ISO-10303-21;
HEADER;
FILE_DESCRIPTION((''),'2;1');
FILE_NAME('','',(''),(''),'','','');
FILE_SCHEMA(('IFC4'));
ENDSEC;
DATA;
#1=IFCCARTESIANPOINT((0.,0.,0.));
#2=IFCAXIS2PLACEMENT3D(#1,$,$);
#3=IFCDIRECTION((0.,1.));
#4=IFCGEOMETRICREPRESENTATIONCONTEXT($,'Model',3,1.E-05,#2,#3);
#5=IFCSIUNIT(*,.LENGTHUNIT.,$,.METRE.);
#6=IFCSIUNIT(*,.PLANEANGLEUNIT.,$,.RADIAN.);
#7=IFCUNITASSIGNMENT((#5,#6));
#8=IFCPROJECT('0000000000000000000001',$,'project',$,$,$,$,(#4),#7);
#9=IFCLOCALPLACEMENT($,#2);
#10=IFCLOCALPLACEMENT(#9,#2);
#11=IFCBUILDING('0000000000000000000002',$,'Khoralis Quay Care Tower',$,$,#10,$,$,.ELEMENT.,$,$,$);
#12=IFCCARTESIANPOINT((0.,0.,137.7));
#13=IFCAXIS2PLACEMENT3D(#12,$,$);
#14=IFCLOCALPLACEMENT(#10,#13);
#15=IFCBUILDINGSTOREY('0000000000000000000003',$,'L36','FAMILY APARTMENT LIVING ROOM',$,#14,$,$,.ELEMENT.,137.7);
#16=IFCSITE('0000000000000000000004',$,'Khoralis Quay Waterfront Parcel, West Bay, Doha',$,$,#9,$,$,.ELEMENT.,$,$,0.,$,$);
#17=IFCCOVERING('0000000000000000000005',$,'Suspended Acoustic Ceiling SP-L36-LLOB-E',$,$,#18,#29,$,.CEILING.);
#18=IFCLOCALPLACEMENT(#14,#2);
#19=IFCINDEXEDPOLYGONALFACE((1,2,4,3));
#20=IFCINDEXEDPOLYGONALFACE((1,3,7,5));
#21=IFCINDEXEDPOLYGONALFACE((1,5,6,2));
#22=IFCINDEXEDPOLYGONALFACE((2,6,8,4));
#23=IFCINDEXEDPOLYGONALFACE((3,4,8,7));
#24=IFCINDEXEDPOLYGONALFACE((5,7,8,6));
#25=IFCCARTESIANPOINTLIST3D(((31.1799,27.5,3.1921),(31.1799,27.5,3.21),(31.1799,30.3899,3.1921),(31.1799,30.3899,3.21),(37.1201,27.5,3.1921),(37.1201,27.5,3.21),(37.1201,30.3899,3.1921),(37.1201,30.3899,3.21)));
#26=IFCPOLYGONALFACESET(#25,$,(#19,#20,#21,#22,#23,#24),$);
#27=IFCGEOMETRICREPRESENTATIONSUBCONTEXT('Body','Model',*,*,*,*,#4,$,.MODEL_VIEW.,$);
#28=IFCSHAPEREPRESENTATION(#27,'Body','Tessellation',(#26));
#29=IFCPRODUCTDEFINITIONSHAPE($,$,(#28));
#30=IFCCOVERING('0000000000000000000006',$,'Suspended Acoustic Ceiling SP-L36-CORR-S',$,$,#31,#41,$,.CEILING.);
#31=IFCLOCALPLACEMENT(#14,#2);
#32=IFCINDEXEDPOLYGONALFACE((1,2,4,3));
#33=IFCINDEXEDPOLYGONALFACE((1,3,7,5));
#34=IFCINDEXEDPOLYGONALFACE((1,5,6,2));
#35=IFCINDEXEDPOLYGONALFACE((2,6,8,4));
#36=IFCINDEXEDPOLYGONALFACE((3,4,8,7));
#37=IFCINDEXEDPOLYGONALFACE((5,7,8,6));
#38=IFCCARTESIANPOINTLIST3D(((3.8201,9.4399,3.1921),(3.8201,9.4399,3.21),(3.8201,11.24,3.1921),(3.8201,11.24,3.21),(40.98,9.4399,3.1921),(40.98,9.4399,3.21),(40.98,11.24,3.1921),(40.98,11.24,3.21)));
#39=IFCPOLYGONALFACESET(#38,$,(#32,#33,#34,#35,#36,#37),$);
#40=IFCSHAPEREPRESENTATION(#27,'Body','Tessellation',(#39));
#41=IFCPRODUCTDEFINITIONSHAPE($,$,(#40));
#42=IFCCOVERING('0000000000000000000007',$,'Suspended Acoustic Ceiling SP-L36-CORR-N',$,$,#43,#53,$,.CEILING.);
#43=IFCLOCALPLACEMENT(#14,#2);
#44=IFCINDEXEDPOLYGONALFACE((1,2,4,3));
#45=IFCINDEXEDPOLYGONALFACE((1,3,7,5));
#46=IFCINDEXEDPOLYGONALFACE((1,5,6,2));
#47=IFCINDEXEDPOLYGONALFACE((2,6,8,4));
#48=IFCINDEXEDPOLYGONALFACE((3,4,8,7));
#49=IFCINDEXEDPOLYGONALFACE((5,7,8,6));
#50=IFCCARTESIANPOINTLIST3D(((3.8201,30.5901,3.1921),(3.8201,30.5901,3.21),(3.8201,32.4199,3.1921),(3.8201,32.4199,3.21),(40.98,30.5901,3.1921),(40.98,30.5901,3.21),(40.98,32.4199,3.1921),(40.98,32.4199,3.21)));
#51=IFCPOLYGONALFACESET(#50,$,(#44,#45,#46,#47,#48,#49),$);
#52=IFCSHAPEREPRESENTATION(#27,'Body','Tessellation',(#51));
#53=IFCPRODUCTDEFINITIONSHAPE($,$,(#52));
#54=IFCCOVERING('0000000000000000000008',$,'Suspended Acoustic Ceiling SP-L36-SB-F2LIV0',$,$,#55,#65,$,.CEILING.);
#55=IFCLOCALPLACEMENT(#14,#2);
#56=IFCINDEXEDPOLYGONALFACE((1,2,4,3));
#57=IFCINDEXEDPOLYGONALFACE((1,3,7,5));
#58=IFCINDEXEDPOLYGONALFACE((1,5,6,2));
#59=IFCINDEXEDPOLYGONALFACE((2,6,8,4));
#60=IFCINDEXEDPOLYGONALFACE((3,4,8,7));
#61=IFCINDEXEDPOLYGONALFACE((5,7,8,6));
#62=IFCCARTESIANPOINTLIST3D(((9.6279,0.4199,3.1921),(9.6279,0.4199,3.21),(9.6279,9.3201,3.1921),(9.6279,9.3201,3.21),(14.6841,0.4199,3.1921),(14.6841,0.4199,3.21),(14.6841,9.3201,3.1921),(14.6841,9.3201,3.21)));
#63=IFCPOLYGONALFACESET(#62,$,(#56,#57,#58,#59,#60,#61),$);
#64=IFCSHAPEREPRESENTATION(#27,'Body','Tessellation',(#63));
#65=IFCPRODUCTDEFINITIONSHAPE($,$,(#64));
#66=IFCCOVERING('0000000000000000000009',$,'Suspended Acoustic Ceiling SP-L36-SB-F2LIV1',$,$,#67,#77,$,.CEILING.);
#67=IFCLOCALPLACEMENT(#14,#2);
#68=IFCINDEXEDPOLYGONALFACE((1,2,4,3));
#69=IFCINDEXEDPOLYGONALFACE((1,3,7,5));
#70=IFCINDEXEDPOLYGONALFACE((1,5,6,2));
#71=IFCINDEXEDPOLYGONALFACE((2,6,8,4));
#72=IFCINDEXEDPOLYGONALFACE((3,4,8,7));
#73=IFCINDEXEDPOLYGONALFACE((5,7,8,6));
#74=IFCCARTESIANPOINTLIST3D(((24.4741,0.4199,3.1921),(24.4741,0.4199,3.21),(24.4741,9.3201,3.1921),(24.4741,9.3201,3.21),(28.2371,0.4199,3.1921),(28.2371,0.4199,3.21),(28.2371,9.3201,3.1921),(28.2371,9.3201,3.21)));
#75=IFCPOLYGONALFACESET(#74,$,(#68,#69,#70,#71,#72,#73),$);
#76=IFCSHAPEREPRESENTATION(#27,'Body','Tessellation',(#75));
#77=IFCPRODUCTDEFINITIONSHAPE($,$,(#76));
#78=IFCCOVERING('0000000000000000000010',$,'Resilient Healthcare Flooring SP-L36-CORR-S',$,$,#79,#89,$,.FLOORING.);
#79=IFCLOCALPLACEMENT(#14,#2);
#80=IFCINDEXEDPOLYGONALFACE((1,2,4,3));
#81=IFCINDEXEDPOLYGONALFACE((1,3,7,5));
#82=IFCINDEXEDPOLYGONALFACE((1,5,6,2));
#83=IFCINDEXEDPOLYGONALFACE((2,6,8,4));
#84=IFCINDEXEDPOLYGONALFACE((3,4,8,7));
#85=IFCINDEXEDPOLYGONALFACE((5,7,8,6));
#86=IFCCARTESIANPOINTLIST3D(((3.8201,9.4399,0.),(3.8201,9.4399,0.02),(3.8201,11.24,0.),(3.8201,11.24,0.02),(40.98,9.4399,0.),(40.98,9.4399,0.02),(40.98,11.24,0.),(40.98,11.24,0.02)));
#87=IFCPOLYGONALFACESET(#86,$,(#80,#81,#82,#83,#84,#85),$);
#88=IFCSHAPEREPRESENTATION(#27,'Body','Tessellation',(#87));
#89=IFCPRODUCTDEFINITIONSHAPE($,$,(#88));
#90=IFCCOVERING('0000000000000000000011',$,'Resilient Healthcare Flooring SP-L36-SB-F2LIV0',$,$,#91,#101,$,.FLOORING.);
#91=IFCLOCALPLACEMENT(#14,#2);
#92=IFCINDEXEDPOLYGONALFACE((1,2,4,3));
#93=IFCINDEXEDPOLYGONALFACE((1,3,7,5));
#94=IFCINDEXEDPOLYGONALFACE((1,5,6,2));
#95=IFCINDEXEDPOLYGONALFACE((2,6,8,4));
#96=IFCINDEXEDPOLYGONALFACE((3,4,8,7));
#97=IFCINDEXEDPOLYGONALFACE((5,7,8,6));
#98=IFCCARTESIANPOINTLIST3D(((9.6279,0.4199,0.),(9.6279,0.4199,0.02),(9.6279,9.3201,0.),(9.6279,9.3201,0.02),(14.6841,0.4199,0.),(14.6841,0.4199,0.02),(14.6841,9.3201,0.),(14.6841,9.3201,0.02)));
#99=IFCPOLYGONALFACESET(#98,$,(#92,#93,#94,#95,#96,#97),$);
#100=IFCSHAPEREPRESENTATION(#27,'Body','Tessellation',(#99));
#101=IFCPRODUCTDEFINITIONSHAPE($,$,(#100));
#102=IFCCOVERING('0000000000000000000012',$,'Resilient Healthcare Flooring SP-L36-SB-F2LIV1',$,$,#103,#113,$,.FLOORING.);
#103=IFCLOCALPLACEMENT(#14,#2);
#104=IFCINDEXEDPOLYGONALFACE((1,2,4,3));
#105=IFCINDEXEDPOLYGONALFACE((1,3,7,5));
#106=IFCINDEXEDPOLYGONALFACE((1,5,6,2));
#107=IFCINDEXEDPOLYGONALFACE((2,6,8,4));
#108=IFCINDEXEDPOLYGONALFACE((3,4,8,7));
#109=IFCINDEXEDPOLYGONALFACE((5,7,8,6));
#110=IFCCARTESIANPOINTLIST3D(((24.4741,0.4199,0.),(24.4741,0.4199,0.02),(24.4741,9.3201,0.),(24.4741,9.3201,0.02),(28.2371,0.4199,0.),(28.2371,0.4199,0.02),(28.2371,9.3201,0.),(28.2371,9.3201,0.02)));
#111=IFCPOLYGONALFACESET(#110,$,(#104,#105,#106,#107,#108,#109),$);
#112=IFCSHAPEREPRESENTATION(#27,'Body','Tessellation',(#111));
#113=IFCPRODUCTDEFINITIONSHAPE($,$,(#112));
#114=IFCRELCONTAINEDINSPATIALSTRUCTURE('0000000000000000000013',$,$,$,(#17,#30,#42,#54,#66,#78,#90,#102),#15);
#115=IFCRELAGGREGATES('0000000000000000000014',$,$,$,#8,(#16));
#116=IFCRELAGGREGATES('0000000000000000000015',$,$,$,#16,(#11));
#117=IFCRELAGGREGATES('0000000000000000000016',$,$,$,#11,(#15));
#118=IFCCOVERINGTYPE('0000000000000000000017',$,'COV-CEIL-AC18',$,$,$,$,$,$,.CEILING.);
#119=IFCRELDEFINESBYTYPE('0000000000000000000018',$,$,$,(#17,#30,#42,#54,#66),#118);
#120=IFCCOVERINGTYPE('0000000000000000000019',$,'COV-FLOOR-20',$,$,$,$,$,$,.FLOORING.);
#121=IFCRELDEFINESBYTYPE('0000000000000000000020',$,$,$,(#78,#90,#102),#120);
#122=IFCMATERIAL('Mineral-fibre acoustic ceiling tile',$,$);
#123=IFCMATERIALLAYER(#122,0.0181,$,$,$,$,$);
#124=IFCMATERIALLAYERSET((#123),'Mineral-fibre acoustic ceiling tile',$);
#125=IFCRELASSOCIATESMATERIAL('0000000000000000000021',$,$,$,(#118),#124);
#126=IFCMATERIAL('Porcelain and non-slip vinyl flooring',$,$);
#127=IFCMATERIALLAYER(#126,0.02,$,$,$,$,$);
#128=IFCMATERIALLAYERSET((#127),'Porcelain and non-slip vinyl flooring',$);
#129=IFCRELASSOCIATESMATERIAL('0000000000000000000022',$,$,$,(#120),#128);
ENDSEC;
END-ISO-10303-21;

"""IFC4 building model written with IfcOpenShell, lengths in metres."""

from ifc_helpers import new_model, si_unit, direction, frame, origin, place, context, subcontext, project, spatial, polyline, outline, extrude, material, layer, layer_set, type_object, element, save


model = new_model("IFC4")

# Units and contexts
model_context = context("Model", 3, precision=1e-05, world=origin(), true_north=direction((0.0, 1.0)))
body_context = subcontext(model_context, "Body", "Model", "MODEL_VIEW")
ifc_project = project(units=[si_unit("LENGTHUNIT", "METRE"), si_unit("PLANEANGLEUNIT", "RADIAN")], contexts=[model_context])

# Site, building, storey
site_placement = place(None, origin())
site = spatial("IfcSite", under=ifc_project, at=site_placement, Name="Khoralis Quay Waterfront Parcel, West Bay, Doha", CompositionType="ELEMENT", RefElevation=0.0)
building_placement = place(site_placement, origin())
building = spatial("IfcBuilding", under=site, at=building_placement, Name="Khoralis Quay Care Tower", CompositionType="ELEMENT")
storey_placement = place(building_placement, frame((0.0, 0.0, 137.7)))
storey = spatial("IfcBuildingStorey", under=building, at=storey_placement, Name="L36", Description="FAMILY APARTMENT LIVING ROOM", CompositionType="ELEMENT", Elevation=137.7)

# Coverings
ifc_material_1 = material(Name="Mineral-fibre acoustic ceiling tile")
ifc_layer_1 = layer(ifc_material_1, 0.0181)
ifc_layer_set_1 = layer_set([ifc_layer_1], Name="Mineral-fibre acoustic ceiling tile")
covering_type_1 = type_object("IfcCoveringType", Name="COV-CEIL-AC18", PredefinedType="CEILING", material=ifc_layer_set_1)
covering_1_placement = place(storey_placement, frame((0.0, 0.0, 3.1921)))
element("IfcCovering", 1, at=covering_1_placement, inside=storey, type_object=covering_type_1, Name="Suspended Acoustic Ceiling SP-L36-LLOB-E", PredefinedType="CEILING", context=body_context, shape_type="SweptSolid", body=[
    extrude(outline(polyline([(31.1799, 27.5), (37.1201, 27.5), (37.1201, 30.3899), (31.1799, 30.3899), (31.1799, 27.5)])), origin(), (0.0, 0.0, 1.0), 0.0178),
])
covering_2_placement = place(storey_placement, frame((0.0, 0.0, 3.1921)))
element("IfcCovering", 2, at=covering_2_placement, inside=storey, type_object=covering_type_1, Name="Suspended Acoustic Ceiling SP-L36-CORR-S", PredefinedType="CEILING", context=body_context, shape_type="SweptSolid", body=[
    extrude(outline(polyline([(3.8201, 9.4399), (40.98, 9.4399), (40.98, 11.24), (3.8201, 11.24), (3.8201, 9.4399)])), origin(), (0.0, 0.0, 1.0), 0.0178),
])
covering_3_placement = place(storey_placement, frame((0.0, 0.0, 3.1921)))
element("IfcCovering", 3, at=covering_3_placement, inside=storey, type_object=covering_type_1, Name="Suspended Acoustic Ceiling SP-L36-CORR-N", PredefinedType="CEILING", context=body_context, shape_type="SweptSolid", body=[
    extrude(outline(polyline([(3.8201, 30.5901), (40.98, 30.5901), (40.98, 32.4199), (3.8201, 32.4199), (3.8201, 30.5901)])), origin(), (0.0, 0.0, 1.0), 0.0178),
])
covering_4_placement = place(storey_placement, frame((0.0, 0.0, 3.1921)))
element("IfcCovering", 4, at=covering_4_placement, inside=storey, type_object=covering_type_1, Name="Suspended Acoustic Ceiling SP-L36-SB-F2LIV0", PredefinedType="CEILING", context=body_context, shape_type="SweptSolid", body=[
    extrude(outline(polyline([(9.6279, 0.4199), (14.6841, 0.4199), (14.6841, 9.3201), (9.6279, 9.3201), (9.6279, 0.4199)])), origin(), (0.0, 0.0, 1.0), 0.0178),
])
covering_5_placement = place(storey_placement, frame((0.0, 0.0, 3.1921)))
element("IfcCovering", 5, at=covering_5_placement, inside=storey, type_object=covering_type_1, Name="Suspended Acoustic Ceiling SP-L36-SB-F2LIV1", PredefinedType="CEILING", context=body_context, shape_type="SweptSolid", body=[
    extrude(outline(polyline([(24.4741, 0.4199), (28.2371, 0.4199), (28.2371, 9.3201), (24.4741, 9.3201), (24.4741, 0.4199)])), origin(), (0.0, 0.0, 1.0), 0.0178),
])
ifc_material_2 = material(Name="Porcelain and non-slip vinyl flooring")
ifc_layer_2 = layer(ifc_material_2, 0.02)
ifc_layer_set_2 = layer_set([ifc_layer_2], Name="Porcelain and non-slip vinyl flooring")
covering_type_2 = type_object("IfcCoveringType", Name="COV-FLOOR-20", PredefinedType="FLOORING", material=ifc_layer_set_2)
covering_6_placement = place(storey_placement, origin())
element("IfcCovering", 6, at=covering_6_placement, inside=storey, type_object=covering_type_2, Name="Resilient Healthcare Flooring SP-L36-CORR-S", PredefinedType="FLOORING", context=body_context, shape_type="SweptSolid", body=[
    extrude(outline(polyline([(3.8201, 9.4399), (40.98, 9.4399), (40.98, 11.24), (3.8201, 11.24), (3.8201, 9.4399)])), origin(), (0.0, 0.0, 1.0), 0.02),
])
covering_7_placement = place(storey_placement, origin())
element("IfcCovering", 7, at=covering_7_placement, inside=storey, type_object=covering_type_2, Name="Resilient Healthcare Flooring SP-L36-SB-F2LIV0", PredefinedType="FLOORING", context=body_context, shape_type="SweptSolid", body=[
    extrude(outline(polyline([(9.6279, 0.4199), (14.6841, 0.4199), (14.6841, 9.3201), (9.6279, 9.3201), (9.6279, 0.4199)])), origin(), (0.0, 0.0, 1.0), 0.02),
])
covering_8_placement = place(storey_placement, origin())
element("IfcCovering", 8, at=covering_8_placement, inside=storey, type_object=covering_type_2, Name="Resilient Healthcare Flooring SP-L36-SB-F2LIV1", PredefinedType="FLOORING", context=body_context, shape_type="SweptSolid", body=[
    extrude(outline(polyline([(24.4741, 0.4199), (28.2371, 0.4199), (28.2371, 9.3201), (24.4741, 9.3201), (24.4741, 0.4199)])), origin(), (0.0, 0.0, 1.0), 0.02),
])

save(model, "model.ifc")
